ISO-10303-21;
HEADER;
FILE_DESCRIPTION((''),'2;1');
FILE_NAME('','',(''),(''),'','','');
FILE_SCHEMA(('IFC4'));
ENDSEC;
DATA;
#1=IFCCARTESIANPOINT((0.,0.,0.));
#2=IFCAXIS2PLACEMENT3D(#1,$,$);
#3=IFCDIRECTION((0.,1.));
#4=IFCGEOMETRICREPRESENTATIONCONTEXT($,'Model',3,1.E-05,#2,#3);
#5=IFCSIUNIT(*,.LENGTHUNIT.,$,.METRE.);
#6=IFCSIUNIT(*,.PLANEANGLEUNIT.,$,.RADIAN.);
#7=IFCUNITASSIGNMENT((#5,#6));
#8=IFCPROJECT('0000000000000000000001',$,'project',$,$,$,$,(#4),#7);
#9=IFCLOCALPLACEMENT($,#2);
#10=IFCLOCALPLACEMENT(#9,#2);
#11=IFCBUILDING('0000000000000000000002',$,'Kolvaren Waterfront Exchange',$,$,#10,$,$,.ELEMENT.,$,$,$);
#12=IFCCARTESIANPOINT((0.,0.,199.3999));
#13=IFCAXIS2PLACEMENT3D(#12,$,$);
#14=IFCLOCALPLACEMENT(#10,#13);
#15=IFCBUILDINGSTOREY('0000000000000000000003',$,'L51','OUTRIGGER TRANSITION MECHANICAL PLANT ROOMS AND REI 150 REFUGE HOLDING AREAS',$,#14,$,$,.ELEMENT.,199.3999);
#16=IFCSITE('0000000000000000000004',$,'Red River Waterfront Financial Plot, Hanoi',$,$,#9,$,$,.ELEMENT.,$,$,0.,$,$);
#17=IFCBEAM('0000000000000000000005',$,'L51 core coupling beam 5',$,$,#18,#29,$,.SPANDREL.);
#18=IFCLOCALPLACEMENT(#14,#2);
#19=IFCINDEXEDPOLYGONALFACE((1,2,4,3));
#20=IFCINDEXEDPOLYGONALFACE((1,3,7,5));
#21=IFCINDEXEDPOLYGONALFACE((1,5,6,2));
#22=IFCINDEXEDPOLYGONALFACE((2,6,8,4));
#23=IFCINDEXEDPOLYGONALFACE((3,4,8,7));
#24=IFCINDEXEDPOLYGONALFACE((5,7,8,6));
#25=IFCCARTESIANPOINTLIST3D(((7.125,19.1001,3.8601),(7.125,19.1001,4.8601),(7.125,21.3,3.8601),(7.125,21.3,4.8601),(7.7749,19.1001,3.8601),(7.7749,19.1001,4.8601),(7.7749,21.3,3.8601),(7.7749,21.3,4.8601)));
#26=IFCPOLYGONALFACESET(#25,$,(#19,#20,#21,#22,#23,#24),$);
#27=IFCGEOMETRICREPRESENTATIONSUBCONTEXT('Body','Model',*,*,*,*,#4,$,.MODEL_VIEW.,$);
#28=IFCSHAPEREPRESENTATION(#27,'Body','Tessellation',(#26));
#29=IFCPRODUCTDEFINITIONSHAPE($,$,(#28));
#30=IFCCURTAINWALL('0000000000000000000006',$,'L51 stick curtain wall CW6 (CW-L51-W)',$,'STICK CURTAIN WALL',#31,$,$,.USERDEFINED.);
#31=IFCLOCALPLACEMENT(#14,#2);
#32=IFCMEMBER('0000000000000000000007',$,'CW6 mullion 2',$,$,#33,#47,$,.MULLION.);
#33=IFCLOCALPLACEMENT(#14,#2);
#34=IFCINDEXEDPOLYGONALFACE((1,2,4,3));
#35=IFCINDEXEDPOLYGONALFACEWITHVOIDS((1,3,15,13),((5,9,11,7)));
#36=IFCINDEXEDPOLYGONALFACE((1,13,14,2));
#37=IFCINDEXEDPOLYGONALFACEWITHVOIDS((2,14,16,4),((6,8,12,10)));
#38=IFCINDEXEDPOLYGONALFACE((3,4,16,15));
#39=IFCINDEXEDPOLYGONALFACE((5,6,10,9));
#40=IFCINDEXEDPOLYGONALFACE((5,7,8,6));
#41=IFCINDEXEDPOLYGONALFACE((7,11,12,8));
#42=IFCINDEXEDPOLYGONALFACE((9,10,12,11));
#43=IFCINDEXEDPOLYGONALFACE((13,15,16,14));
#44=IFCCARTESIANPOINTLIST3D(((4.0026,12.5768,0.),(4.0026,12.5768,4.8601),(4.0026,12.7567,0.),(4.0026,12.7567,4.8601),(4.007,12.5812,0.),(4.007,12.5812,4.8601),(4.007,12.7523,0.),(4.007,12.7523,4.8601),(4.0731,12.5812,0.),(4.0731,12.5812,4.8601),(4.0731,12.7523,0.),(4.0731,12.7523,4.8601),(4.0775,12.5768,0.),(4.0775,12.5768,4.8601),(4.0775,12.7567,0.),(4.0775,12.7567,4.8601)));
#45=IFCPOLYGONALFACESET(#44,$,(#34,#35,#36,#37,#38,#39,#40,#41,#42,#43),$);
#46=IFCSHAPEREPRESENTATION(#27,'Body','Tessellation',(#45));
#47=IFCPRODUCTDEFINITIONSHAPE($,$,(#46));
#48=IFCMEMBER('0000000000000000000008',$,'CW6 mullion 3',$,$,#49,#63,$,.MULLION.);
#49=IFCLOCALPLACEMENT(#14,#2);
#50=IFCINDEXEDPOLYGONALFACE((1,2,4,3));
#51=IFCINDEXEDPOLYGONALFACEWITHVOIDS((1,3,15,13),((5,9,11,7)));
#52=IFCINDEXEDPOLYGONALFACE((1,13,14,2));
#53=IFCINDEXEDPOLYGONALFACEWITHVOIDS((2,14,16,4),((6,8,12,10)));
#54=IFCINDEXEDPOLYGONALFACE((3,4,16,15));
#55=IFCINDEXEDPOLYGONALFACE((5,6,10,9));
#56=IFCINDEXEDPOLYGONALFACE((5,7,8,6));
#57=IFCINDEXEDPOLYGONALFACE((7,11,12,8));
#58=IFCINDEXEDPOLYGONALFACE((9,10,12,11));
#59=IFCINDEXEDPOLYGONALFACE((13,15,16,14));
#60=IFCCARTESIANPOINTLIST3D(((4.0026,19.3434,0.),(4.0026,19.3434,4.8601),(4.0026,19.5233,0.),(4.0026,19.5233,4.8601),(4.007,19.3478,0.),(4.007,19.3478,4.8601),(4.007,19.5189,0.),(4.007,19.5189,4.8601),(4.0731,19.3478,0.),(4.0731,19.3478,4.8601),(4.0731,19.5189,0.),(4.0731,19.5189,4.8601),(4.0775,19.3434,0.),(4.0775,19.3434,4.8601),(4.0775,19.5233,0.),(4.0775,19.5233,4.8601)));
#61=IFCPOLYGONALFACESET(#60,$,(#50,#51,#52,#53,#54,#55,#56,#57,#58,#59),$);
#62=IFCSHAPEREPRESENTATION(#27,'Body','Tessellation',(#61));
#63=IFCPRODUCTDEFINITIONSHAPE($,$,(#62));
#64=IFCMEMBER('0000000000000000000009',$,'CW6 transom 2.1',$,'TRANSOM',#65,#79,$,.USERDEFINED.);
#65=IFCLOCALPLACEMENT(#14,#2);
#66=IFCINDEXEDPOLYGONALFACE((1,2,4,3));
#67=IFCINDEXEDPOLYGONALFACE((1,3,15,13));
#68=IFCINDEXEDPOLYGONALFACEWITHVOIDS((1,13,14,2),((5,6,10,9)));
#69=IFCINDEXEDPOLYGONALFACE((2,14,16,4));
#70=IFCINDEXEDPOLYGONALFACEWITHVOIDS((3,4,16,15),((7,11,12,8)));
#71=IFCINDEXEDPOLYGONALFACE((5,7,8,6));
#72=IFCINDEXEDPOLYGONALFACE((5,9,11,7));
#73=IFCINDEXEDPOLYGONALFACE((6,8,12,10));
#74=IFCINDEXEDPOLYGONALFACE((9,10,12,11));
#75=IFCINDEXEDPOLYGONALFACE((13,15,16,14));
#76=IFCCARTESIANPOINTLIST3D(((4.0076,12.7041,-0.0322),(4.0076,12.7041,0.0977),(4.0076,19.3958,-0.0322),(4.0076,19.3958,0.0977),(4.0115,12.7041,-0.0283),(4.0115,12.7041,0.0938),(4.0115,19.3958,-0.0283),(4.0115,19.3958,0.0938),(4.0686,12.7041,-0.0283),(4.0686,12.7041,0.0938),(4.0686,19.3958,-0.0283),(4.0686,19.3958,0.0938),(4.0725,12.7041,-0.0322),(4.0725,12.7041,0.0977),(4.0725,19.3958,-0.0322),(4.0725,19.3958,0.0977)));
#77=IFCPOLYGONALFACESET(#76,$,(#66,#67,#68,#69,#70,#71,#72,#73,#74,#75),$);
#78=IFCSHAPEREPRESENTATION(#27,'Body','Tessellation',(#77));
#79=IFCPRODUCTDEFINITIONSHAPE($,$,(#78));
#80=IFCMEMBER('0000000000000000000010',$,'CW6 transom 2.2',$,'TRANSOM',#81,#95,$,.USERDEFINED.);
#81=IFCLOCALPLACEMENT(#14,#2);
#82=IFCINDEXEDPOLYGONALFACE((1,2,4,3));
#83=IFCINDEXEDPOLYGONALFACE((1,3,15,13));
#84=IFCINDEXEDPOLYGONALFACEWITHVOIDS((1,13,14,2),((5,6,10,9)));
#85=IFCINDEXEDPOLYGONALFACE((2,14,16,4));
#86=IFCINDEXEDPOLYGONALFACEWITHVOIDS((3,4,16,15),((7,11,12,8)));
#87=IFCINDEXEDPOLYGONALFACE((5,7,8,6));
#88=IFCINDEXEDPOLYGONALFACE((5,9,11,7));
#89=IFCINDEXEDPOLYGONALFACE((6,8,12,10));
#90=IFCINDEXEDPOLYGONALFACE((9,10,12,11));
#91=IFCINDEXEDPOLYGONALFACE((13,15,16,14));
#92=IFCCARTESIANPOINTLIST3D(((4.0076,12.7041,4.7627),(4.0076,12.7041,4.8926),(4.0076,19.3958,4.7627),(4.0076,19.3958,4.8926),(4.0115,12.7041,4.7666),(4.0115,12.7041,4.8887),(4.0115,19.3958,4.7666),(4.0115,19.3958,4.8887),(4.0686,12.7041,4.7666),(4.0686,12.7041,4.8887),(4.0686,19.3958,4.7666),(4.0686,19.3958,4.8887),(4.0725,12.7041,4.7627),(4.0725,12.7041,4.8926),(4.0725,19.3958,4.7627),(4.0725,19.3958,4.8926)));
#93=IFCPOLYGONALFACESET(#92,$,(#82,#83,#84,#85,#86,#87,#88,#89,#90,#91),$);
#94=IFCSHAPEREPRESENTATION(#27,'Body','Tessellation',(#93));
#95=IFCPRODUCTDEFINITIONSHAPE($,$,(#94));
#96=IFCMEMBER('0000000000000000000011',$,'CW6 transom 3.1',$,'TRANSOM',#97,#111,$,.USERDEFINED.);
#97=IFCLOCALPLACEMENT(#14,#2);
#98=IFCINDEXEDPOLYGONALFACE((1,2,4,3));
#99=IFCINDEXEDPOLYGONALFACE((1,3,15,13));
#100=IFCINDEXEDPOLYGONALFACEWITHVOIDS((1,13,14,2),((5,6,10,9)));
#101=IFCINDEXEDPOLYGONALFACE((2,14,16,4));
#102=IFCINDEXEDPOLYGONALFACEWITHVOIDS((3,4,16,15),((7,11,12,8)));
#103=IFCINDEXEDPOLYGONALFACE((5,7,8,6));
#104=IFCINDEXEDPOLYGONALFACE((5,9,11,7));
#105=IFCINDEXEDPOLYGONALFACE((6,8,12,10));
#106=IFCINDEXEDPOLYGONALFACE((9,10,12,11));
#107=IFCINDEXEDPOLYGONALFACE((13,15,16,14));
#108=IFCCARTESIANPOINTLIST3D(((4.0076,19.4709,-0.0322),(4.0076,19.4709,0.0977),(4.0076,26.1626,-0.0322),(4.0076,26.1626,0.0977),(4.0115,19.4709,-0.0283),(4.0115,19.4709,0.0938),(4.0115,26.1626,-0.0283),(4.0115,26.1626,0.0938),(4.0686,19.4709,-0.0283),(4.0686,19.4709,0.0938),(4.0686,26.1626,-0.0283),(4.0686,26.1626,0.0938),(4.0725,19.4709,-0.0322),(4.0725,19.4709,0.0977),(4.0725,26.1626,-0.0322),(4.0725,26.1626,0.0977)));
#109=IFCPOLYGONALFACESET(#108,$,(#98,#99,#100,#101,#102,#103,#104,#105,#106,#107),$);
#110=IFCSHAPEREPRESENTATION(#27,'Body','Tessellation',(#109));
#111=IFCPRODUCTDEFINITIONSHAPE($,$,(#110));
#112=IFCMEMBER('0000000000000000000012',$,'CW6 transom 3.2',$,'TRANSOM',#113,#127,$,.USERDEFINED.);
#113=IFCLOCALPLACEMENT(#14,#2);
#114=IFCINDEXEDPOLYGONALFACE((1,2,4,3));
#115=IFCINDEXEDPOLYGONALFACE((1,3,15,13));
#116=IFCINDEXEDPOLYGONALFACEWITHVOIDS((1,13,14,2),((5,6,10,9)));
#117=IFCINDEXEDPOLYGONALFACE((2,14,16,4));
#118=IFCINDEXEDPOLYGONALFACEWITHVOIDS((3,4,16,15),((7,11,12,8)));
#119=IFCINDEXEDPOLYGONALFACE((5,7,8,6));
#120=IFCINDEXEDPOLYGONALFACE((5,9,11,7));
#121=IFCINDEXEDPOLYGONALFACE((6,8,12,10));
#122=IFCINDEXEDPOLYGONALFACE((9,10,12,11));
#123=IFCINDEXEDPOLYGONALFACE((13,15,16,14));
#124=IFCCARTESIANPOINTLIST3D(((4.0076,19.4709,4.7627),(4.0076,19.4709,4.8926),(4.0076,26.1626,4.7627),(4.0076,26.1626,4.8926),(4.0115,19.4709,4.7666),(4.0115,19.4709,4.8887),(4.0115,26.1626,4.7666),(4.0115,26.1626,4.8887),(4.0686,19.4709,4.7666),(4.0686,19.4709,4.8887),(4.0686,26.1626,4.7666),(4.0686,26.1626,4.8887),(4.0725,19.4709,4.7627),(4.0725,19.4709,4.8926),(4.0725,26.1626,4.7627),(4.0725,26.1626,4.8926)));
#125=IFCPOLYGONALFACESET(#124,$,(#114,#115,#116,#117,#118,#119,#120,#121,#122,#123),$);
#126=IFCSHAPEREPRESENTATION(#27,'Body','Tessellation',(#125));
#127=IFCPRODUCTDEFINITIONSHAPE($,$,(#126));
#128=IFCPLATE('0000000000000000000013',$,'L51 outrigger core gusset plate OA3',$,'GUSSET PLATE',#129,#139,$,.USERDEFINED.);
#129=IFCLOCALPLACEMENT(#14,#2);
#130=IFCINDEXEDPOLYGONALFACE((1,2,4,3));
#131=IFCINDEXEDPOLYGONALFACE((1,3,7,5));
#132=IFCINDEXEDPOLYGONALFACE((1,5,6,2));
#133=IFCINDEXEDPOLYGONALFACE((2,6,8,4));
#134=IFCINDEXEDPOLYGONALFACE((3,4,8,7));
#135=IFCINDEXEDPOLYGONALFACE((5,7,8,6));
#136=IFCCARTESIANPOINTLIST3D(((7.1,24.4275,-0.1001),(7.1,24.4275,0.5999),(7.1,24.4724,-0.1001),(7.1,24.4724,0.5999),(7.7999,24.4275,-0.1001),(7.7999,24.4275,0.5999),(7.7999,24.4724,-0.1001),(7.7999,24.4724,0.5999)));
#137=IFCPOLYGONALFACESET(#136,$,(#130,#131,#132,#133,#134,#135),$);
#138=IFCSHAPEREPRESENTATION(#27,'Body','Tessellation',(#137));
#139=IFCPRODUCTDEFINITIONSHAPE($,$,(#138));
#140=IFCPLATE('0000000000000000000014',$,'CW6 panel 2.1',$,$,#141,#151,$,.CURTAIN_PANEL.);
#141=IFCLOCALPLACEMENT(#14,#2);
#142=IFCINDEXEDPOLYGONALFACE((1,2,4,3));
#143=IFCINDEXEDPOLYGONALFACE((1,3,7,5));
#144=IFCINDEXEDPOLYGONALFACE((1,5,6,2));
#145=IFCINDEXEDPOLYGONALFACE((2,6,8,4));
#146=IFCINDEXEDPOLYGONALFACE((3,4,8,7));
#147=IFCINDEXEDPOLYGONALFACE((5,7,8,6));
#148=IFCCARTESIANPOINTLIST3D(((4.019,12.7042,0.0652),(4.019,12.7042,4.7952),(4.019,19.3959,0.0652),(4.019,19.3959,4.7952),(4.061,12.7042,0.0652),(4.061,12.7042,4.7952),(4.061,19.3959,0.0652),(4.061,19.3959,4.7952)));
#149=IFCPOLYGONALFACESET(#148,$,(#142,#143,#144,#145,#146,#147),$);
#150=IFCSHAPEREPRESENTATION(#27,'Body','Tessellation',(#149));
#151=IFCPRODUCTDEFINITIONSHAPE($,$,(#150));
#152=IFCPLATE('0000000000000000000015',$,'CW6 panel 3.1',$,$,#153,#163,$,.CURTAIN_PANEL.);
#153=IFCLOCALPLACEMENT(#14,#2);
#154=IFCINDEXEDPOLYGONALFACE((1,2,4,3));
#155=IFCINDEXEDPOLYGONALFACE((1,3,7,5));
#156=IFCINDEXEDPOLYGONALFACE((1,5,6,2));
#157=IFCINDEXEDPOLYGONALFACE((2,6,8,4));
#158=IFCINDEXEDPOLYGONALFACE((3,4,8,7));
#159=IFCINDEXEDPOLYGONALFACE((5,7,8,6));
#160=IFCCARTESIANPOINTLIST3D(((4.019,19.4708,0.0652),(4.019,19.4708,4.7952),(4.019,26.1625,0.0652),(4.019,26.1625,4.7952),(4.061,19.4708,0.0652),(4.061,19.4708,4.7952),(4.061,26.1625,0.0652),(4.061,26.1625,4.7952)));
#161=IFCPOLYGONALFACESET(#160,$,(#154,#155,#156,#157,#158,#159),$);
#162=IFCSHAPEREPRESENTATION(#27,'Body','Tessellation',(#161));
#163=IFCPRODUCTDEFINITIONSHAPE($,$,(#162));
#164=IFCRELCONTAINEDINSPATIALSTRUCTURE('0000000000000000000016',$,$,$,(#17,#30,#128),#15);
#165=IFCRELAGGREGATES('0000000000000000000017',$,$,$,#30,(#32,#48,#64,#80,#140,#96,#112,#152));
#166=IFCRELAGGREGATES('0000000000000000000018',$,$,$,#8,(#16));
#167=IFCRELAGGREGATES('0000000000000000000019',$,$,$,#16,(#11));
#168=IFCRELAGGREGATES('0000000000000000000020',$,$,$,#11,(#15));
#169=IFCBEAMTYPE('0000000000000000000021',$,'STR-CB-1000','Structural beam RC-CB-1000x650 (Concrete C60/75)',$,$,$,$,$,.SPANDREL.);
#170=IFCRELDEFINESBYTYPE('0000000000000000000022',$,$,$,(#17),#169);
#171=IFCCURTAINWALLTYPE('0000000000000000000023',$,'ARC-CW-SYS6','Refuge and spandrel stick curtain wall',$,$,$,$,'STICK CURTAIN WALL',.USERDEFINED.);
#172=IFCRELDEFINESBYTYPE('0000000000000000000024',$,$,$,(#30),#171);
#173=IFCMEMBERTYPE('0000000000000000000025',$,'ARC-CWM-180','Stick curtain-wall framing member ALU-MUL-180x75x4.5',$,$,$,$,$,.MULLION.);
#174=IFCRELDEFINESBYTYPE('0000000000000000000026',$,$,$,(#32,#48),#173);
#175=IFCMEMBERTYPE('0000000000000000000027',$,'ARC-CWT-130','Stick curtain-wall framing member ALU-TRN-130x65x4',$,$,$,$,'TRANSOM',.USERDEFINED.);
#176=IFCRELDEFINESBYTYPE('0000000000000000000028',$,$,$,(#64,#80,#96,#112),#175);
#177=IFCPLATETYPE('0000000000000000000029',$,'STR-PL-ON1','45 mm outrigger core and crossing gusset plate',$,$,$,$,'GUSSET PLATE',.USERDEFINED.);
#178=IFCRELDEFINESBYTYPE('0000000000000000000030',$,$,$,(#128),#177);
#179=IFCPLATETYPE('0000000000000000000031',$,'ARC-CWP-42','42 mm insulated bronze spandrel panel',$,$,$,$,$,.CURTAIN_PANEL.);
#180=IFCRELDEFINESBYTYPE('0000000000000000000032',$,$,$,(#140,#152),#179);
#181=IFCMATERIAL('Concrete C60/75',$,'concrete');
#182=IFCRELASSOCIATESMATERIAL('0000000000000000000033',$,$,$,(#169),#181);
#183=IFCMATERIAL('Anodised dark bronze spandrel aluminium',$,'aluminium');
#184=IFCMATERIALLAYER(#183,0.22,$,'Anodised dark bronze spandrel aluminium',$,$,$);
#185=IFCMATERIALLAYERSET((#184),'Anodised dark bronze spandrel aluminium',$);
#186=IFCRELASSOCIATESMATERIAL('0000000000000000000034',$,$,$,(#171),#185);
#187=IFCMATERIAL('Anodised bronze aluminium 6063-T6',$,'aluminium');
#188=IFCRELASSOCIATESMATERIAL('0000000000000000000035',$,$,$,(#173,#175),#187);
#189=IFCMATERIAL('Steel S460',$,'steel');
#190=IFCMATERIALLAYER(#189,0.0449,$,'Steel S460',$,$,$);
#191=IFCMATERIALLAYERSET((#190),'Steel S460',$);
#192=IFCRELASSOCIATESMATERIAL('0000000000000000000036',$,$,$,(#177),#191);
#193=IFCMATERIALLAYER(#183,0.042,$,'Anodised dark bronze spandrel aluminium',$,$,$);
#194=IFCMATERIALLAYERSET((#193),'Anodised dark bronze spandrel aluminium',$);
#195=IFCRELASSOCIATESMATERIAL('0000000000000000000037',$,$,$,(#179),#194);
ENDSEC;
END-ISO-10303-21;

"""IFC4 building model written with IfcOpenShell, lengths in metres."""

from ifc_helpers import new_model, si_unit, direction, frame, origin, origin_with_axes, origin_2d, place, context, subcontext, project, spatial, rectangle, hollow_rectangle, extrude, source, transform, mapped, material, layer, layer_set, material_profile, profile_set, type_object, element, aggregate, save


model = new_model("IFC4")

# Units and contexts
model_context = context("Model", 3, precision=1e-05, world=origin(), true_north=direction((0.0, 1.0)))
body_context = subcontext(model_context, "Body", "Model", "MODEL_VIEW")
ifc_project = project(units=[si_unit("LENGTHUNIT", "METRE"), si_unit("PLANEANGLEUNIT", "RADIAN")], contexts=[model_context])

# Site, building, storey
site_placement = place(None, origin())
site = spatial("IfcSite", under=ifc_project, at=site_placement, Name="Red River Waterfront Financial Plot, Hanoi", CompositionType="ELEMENT", RefElevation=0.0)
building_placement = place(site_placement, origin())
building = spatial("IfcBuilding", under=site, at=building_placement, Name="Kolvaren Waterfront Exchange", CompositionType="ELEMENT")
storey_placement = place(building_placement, frame((0.0, 0.0, 199.3999)))
storey = spatial("IfcBuildingStorey", under=building, at=storey_placement, Name="L51", Description="OUTRIGGER TRANSITION MECHANICAL PLANT ROOMS AND REI 150 REFUGE HOLDING AREAS", CompositionType="ELEMENT", Elevation=199.3999)

# Shared definitions
ifc_material_1 = material(Name="Concrete C60/75", Category="concrete")

# Shared definitions
ifc_material_2 = material(Name="Steel S460", Category="steel")

# Beam
ifc_material_profile_1 = material_profile(ifc_material_1, rectangle(XDim=0.6499, YDim=1.0, at=origin_2d()), Name="RC-CB-1000x650")
ifc_profile_set_1 = profile_set([ifc_material_profile_1], Name="Concrete C60/75")
beam_type_1 = type_object("IfcBeamType", Name="STR-CB-1000", Description="Structural beam RC-CB-1000x650 (Concrete C60/75)", PredefinedType="SPANDREL", material=ifc_profile_set_1)
beam_1_placement = place(storey_placement, frame((7.45, 19.1001, 4.3601), z_axis=(0.0, 1.0, 0.0), x_axis=(-1.0, 0.0, 0.0)))
element("IfcBeam", 1, at=beam_1_placement, inside=storey, type_object=beam_type_1, Name="L51 core coupling beam 5", PredefinedType="SPANDREL", context=body_context, shape_type="SweptSolid", body=[
    extrude(rectangle(XDim=0.6499, YDim=1.0, at=origin_2d()), origin(), (0.0, 0.0, 1.0), 2.2),
])

# Curtain wall, members
ifc_material_3 = material(Name="Anodised dark bronze spandrel aluminium", Category="aluminium")
ifc_layer_1 = layer(ifc_material_3, 0.22, Name="Anodised dark bronze spandrel aluminium")
ifc_layer_set_1 = layer_set([ifc_layer_1], Name="Anodised dark bronze spandrel aluminium")
curtain_wall_type = type_object("IfcCurtainWallType", Name="ARC-CW-SYS6", Description="Refuge and spandrel stick curtain wall", ElementType="STICK CURTAIN WALL", PredefinedType="USERDEFINED", material=ifc_layer_set_1)
curtain_wall_placement = place(storey_placement, origin())
curtain_wall = element("IfcCurtainWall", 2, at=curtain_wall_placement, inside=storey, type_object=curtain_wall_type, Name="L51 stick curtain wall CW6 (CW-L51-W)", ObjectType="STICK CURTAIN WALL", PredefinedType="USERDEFINED")
ifc_material_4 = material(Name="Anodised bronze aluminium 6063-T6", Category="aluminium")
ifc_material_profile_2 = material_profile(ifc_material_4, hollow_rectangle(XDim=0.075, YDim=0.1799, WallThickness=0.0044, at=origin_2d()), Name="ALU-MUL-180x75x4.5")
ifc_profile_set_2 = profile_set([ifc_material_profile_2], Name="Anodised bronze aluminium 6063-T6")
member_type_1 = type_object("IfcMemberType", Name="ARC-CWM-180", Description="Stick curtain-wall framing member ALU-MUL-180x75x4.5", PredefinedType="MULLION", material=ifc_profile_set_2)
shared_shape_1 = source(origin_with_axes(), body_context, "Body", "SweptSolid", [
    extrude(hollow_rectangle(XDim=0.075, YDim=0.1799, WallThickness=0.0044, at=origin_2d()), origin(), (0.0, 0.0, 1.0), 4.8601),
])
member_1_placement = place(storey_placement, frame((4.04, 12.6667, 0.0), z_axis=(0.0, 0.0, 1.0), x_axis=(-1.0, 0.0, 0.0)))
member_1 = element("IfcMember", 3, at=member_1_placement, type_object=member_type_1, Name="CW6 mullion 2", PredefinedType="MULLION", context=body_context, shape_type="MappedRepresentation", body=[
    mapped(shared_shape_1, transform((0.0, 0.0, 0.0), x_axis=(1.0, 0.0, 0.0), y_axis=(0.0, 1.0, 0.0), z_axis=(0.0, 0.0, 1.0), scale=1.0)),
])
member_2_placement = place(storey_placement, frame((4.04, 19.4333, 0.0), z_axis=(0.0, 0.0, 1.0), x_axis=(-1.0, 0.0, 0.0)))
member_2 = element("IfcMember", 4, at=member_2_placement, type_object=member_type_1, Name="CW6 mullion 3", PredefinedType="MULLION", context=body_context, shape_type="MappedRepresentation", body=[
    mapped(shared_shape_1, transform((0.0, 0.0, 0.0), x_axis=(1.0, 0.0, 0.0), y_axis=(0.0, 1.0, 0.0), z_axis=(0.0, 0.0, 1.0), scale=1.0)),
])
ifc_material_profile_3 = material_profile(ifc_material_4, hollow_rectangle(XDim=0.0649, YDim=0.1299, WallThickness=0.0039, at=origin_2d()), Name="ALU-TRN-130x65x4")
ifc_profile_set_3 = profile_set([ifc_material_profile_3], Name="Anodised bronze aluminium 6063-T6")
member_type_2 = type_object("IfcMemberType", Name="ARC-CWT-130", Description="Stick curtain-wall framing member ALU-TRN-130x65x4", ElementType="TRANSOM", PredefinedType="USERDEFINED", material=ifc_profile_set_3)
shared_shape_2 = source(origin_with_axes(), body_context, "Body", "SweptSolid", [
    extrude(hollow_rectangle(XDim=0.0649, YDim=0.1299, WallThickness=0.0039, at=origin_2d()), origin(), (0.0, 0.0, 1.0), 6.6917),
])
member_3_placement = place(storey_placement, frame((4.04, 12.7041, 0.0327), z_axis=(0.0, 1.0, 0.0), x_axis=(-1.0, 0.0, 0.0)))
member_3 = element("IfcMember", 5, at=member_3_placement, type_object=member_type_2, Name="CW6 transom 2.1", ObjectType="TRANSOM", PredefinedType="USERDEFINED", context=body_context, shape_type="MappedRepresentation", body=[
    mapped(shared_shape_2, transform((0.0, 0.0, 0.0), x_axis=(1.0, 0.0, 0.0), y_axis=(0.0, 1.0, 0.0), z_axis=(0.0, 0.0, 1.0), scale=1.0)),
])
member_4_placement = place(storey_placement, frame((4.04, 12.7041, 4.8276), z_axis=(0.0, 1.0, 0.0), x_axis=(-1.0, 0.0, 0.0)))
member_4 = element("IfcMember", 6, at=member_4_placement, type_object=member_type_2, Name="CW6 transom 2.2", ObjectType="TRANSOM", PredefinedType="USERDEFINED", context=body_context, shape_type="MappedRepresentation", body=[
    mapped(shared_shape_2, transform((0.0, 0.0, 0.0), x_axis=(1.0, 0.0, 0.0), y_axis=(0.0, 1.0, 0.0), z_axis=(0.0, 0.0, 1.0), scale=1.0)),
])
member_5_placement = place(storey_placement, frame((4.04, 19.4709, 0.0327), z_axis=(0.0, 1.0, 0.0), x_axis=(-1.0, 0.0, 0.0)))
member_5 = element("IfcMember", 7, at=member_5_placement, type_object=member_type_2, Name="CW6 transom 3.1", ObjectType="TRANSOM", PredefinedType="USERDEFINED", context=body_context, shape_type="MappedRepresentation", body=[
    mapped(shared_shape_2, transform((0.0, 0.0, 0.0), x_axis=(1.0, 0.0, 0.0), y_axis=(0.0, 1.0, 0.0), z_axis=(0.0, 0.0, 1.0), scale=1.0)),
])
member_6_placement = place(storey_placement, frame((4.04, 19.4709, 4.8276), z_axis=(0.0, 1.0, 0.0), x_axis=(-1.0, 0.0, 0.0)))
member_6 = element("IfcMember", 8, at=member_6_placement, type_object=member_type_2, Name="CW6 transom 3.2", ObjectType="TRANSOM", PredefinedType="USERDEFINED", context=body_context, shape_type="MappedRepresentation", body=[
    mapped(shared_shape_2, transform((0.0, 0.0, 0.0), x_axis=(1.0, 0.0, 0.0), y_axis=(0.0, 1.0, 0.0), z_axis=(0.0, 0.0, 1.0), scale=1.0)),
])

# Plates
ifc_layer_2 = layer(ifc_material_2, 0.0449, Name="Steel S460")
ifc_layer_set_2 = layer_set([ifc_layer_2], Name="Steel S460")
plate_type_1 = type_object("IfcPlateType", Name="STR-PL-ON1", Description="45 mm outrigger core and crossing gusset plate", ElementType="GUSSET PLATE", PredefinedType="USERDEFINED", material=ifc_layer_set_2)
shared_shape_3 = source(origin_with_axes(), body_context, "Body", "SweptSolid", [
    extrude(rectangle(XDim=0.7, YDim=0.0449, at=origin_2d()), origin(), (0.0, 0.0, 1.0), 0.7),
])
plate_1_placement = place(storey_placement, frame((7.45, 24.45, -0.1001), z_axis=(0.0, 0.0, 1.0), x_axis=(1.0, 0.0, 0.0)))
element("IfcPlate", 9, at=plate_1_placement, inside=storey, type_object=plate_type_1, Name="L51 outrigger core gusset plate OA3", ObjectType="GUSSET PLATE", PredefinedType="USERDEFINED", context=body_context, shape_type="MappedRepresentation", body=[
    mapped(shared_shape_3, transform((0.0, 0.0, 0.0), x_axis=(1.0, 0.0, 0.0), y_axis=(0.0, 1.0, 0.0), z_axis=(0.0, 0.0, 1.0), scale=1.0)),
])
ifc_layer_3 = layer(ifc_material_3, 0.042, Name="Anodised dark bronze spandrel aluminium")
ifc_layer_set_3 = layer_set([ifc_layer_3], Name="Anodised dark bronze spandrel aluminium")
plate_type_2 = type_object("IfcPlateType", Name="ARC-CWP-42", Description="42 mm insulated bronze spandrel panel", PredefinedType="CURTAIN_PANEL", material=ifc_layer_set_3)
shared_shape_4 = source(origin_with_axes(), body_context, "Body", "SweptSolid", [
    extrude(rectangle(XDim=6.6917, YDim=0.042, at=origin_2d()), origin(), (0.0, 0.0, 1.0), 4.73),
])
plate_2_placement = place(storey_placement, frame((4.04, 16.05, 0.0652), z_axis=(0.0, 0.0, 1.0), x_axis=(0.0, 1.0, 0.0)))
plate_2 = element("IfcPlate", 10, at=plate_2_placement, type_object=plate_type_2, Name="CW6 panel 2.1", PredefinedType="CURTAIN_PANEL", context=body_context, shape_type="MappedRepresentation", body=[
    mapped(shared_shape_4, transform((0.0, 0.0, 0.0), x_axis=(1.0, 0.0, 0.0), y_axis=(0.0, 1.0, 0.0), z_axis=(0.0, 0.0, 1.0), scale=1.0)),
])
plate_3_placement = place(storey_placement, frame((4.04, 22.8167, 0.0652), z_axis=(0.0, 0.0, 1.0), x_axis=(0.0, 1.0, 0.0)))
plate_3 = element("IfcPlate", 11, at=plate_3_placement, type_object=plate_type_2, Name="CW6 panel 3.1", PredefinedType="CURTAIN_PANEL", context=body_context, shape_type="MappedRepresentation", body=[
    mapped(shared_shape_4, transform((0.0, 0.0, 0.0), x_axis=(1.0, 0.0, 0.0), y_axis=(0.0, 1.0, 0.0), z_axis=(0.0, 0.0, 1.0), scale=1.0)),
])
aggregate(curtain_wall, [member_1, member_2, member_3, member_4, plate_2, member_5, member_6, plate_3])

save(model, "model.ifc")
